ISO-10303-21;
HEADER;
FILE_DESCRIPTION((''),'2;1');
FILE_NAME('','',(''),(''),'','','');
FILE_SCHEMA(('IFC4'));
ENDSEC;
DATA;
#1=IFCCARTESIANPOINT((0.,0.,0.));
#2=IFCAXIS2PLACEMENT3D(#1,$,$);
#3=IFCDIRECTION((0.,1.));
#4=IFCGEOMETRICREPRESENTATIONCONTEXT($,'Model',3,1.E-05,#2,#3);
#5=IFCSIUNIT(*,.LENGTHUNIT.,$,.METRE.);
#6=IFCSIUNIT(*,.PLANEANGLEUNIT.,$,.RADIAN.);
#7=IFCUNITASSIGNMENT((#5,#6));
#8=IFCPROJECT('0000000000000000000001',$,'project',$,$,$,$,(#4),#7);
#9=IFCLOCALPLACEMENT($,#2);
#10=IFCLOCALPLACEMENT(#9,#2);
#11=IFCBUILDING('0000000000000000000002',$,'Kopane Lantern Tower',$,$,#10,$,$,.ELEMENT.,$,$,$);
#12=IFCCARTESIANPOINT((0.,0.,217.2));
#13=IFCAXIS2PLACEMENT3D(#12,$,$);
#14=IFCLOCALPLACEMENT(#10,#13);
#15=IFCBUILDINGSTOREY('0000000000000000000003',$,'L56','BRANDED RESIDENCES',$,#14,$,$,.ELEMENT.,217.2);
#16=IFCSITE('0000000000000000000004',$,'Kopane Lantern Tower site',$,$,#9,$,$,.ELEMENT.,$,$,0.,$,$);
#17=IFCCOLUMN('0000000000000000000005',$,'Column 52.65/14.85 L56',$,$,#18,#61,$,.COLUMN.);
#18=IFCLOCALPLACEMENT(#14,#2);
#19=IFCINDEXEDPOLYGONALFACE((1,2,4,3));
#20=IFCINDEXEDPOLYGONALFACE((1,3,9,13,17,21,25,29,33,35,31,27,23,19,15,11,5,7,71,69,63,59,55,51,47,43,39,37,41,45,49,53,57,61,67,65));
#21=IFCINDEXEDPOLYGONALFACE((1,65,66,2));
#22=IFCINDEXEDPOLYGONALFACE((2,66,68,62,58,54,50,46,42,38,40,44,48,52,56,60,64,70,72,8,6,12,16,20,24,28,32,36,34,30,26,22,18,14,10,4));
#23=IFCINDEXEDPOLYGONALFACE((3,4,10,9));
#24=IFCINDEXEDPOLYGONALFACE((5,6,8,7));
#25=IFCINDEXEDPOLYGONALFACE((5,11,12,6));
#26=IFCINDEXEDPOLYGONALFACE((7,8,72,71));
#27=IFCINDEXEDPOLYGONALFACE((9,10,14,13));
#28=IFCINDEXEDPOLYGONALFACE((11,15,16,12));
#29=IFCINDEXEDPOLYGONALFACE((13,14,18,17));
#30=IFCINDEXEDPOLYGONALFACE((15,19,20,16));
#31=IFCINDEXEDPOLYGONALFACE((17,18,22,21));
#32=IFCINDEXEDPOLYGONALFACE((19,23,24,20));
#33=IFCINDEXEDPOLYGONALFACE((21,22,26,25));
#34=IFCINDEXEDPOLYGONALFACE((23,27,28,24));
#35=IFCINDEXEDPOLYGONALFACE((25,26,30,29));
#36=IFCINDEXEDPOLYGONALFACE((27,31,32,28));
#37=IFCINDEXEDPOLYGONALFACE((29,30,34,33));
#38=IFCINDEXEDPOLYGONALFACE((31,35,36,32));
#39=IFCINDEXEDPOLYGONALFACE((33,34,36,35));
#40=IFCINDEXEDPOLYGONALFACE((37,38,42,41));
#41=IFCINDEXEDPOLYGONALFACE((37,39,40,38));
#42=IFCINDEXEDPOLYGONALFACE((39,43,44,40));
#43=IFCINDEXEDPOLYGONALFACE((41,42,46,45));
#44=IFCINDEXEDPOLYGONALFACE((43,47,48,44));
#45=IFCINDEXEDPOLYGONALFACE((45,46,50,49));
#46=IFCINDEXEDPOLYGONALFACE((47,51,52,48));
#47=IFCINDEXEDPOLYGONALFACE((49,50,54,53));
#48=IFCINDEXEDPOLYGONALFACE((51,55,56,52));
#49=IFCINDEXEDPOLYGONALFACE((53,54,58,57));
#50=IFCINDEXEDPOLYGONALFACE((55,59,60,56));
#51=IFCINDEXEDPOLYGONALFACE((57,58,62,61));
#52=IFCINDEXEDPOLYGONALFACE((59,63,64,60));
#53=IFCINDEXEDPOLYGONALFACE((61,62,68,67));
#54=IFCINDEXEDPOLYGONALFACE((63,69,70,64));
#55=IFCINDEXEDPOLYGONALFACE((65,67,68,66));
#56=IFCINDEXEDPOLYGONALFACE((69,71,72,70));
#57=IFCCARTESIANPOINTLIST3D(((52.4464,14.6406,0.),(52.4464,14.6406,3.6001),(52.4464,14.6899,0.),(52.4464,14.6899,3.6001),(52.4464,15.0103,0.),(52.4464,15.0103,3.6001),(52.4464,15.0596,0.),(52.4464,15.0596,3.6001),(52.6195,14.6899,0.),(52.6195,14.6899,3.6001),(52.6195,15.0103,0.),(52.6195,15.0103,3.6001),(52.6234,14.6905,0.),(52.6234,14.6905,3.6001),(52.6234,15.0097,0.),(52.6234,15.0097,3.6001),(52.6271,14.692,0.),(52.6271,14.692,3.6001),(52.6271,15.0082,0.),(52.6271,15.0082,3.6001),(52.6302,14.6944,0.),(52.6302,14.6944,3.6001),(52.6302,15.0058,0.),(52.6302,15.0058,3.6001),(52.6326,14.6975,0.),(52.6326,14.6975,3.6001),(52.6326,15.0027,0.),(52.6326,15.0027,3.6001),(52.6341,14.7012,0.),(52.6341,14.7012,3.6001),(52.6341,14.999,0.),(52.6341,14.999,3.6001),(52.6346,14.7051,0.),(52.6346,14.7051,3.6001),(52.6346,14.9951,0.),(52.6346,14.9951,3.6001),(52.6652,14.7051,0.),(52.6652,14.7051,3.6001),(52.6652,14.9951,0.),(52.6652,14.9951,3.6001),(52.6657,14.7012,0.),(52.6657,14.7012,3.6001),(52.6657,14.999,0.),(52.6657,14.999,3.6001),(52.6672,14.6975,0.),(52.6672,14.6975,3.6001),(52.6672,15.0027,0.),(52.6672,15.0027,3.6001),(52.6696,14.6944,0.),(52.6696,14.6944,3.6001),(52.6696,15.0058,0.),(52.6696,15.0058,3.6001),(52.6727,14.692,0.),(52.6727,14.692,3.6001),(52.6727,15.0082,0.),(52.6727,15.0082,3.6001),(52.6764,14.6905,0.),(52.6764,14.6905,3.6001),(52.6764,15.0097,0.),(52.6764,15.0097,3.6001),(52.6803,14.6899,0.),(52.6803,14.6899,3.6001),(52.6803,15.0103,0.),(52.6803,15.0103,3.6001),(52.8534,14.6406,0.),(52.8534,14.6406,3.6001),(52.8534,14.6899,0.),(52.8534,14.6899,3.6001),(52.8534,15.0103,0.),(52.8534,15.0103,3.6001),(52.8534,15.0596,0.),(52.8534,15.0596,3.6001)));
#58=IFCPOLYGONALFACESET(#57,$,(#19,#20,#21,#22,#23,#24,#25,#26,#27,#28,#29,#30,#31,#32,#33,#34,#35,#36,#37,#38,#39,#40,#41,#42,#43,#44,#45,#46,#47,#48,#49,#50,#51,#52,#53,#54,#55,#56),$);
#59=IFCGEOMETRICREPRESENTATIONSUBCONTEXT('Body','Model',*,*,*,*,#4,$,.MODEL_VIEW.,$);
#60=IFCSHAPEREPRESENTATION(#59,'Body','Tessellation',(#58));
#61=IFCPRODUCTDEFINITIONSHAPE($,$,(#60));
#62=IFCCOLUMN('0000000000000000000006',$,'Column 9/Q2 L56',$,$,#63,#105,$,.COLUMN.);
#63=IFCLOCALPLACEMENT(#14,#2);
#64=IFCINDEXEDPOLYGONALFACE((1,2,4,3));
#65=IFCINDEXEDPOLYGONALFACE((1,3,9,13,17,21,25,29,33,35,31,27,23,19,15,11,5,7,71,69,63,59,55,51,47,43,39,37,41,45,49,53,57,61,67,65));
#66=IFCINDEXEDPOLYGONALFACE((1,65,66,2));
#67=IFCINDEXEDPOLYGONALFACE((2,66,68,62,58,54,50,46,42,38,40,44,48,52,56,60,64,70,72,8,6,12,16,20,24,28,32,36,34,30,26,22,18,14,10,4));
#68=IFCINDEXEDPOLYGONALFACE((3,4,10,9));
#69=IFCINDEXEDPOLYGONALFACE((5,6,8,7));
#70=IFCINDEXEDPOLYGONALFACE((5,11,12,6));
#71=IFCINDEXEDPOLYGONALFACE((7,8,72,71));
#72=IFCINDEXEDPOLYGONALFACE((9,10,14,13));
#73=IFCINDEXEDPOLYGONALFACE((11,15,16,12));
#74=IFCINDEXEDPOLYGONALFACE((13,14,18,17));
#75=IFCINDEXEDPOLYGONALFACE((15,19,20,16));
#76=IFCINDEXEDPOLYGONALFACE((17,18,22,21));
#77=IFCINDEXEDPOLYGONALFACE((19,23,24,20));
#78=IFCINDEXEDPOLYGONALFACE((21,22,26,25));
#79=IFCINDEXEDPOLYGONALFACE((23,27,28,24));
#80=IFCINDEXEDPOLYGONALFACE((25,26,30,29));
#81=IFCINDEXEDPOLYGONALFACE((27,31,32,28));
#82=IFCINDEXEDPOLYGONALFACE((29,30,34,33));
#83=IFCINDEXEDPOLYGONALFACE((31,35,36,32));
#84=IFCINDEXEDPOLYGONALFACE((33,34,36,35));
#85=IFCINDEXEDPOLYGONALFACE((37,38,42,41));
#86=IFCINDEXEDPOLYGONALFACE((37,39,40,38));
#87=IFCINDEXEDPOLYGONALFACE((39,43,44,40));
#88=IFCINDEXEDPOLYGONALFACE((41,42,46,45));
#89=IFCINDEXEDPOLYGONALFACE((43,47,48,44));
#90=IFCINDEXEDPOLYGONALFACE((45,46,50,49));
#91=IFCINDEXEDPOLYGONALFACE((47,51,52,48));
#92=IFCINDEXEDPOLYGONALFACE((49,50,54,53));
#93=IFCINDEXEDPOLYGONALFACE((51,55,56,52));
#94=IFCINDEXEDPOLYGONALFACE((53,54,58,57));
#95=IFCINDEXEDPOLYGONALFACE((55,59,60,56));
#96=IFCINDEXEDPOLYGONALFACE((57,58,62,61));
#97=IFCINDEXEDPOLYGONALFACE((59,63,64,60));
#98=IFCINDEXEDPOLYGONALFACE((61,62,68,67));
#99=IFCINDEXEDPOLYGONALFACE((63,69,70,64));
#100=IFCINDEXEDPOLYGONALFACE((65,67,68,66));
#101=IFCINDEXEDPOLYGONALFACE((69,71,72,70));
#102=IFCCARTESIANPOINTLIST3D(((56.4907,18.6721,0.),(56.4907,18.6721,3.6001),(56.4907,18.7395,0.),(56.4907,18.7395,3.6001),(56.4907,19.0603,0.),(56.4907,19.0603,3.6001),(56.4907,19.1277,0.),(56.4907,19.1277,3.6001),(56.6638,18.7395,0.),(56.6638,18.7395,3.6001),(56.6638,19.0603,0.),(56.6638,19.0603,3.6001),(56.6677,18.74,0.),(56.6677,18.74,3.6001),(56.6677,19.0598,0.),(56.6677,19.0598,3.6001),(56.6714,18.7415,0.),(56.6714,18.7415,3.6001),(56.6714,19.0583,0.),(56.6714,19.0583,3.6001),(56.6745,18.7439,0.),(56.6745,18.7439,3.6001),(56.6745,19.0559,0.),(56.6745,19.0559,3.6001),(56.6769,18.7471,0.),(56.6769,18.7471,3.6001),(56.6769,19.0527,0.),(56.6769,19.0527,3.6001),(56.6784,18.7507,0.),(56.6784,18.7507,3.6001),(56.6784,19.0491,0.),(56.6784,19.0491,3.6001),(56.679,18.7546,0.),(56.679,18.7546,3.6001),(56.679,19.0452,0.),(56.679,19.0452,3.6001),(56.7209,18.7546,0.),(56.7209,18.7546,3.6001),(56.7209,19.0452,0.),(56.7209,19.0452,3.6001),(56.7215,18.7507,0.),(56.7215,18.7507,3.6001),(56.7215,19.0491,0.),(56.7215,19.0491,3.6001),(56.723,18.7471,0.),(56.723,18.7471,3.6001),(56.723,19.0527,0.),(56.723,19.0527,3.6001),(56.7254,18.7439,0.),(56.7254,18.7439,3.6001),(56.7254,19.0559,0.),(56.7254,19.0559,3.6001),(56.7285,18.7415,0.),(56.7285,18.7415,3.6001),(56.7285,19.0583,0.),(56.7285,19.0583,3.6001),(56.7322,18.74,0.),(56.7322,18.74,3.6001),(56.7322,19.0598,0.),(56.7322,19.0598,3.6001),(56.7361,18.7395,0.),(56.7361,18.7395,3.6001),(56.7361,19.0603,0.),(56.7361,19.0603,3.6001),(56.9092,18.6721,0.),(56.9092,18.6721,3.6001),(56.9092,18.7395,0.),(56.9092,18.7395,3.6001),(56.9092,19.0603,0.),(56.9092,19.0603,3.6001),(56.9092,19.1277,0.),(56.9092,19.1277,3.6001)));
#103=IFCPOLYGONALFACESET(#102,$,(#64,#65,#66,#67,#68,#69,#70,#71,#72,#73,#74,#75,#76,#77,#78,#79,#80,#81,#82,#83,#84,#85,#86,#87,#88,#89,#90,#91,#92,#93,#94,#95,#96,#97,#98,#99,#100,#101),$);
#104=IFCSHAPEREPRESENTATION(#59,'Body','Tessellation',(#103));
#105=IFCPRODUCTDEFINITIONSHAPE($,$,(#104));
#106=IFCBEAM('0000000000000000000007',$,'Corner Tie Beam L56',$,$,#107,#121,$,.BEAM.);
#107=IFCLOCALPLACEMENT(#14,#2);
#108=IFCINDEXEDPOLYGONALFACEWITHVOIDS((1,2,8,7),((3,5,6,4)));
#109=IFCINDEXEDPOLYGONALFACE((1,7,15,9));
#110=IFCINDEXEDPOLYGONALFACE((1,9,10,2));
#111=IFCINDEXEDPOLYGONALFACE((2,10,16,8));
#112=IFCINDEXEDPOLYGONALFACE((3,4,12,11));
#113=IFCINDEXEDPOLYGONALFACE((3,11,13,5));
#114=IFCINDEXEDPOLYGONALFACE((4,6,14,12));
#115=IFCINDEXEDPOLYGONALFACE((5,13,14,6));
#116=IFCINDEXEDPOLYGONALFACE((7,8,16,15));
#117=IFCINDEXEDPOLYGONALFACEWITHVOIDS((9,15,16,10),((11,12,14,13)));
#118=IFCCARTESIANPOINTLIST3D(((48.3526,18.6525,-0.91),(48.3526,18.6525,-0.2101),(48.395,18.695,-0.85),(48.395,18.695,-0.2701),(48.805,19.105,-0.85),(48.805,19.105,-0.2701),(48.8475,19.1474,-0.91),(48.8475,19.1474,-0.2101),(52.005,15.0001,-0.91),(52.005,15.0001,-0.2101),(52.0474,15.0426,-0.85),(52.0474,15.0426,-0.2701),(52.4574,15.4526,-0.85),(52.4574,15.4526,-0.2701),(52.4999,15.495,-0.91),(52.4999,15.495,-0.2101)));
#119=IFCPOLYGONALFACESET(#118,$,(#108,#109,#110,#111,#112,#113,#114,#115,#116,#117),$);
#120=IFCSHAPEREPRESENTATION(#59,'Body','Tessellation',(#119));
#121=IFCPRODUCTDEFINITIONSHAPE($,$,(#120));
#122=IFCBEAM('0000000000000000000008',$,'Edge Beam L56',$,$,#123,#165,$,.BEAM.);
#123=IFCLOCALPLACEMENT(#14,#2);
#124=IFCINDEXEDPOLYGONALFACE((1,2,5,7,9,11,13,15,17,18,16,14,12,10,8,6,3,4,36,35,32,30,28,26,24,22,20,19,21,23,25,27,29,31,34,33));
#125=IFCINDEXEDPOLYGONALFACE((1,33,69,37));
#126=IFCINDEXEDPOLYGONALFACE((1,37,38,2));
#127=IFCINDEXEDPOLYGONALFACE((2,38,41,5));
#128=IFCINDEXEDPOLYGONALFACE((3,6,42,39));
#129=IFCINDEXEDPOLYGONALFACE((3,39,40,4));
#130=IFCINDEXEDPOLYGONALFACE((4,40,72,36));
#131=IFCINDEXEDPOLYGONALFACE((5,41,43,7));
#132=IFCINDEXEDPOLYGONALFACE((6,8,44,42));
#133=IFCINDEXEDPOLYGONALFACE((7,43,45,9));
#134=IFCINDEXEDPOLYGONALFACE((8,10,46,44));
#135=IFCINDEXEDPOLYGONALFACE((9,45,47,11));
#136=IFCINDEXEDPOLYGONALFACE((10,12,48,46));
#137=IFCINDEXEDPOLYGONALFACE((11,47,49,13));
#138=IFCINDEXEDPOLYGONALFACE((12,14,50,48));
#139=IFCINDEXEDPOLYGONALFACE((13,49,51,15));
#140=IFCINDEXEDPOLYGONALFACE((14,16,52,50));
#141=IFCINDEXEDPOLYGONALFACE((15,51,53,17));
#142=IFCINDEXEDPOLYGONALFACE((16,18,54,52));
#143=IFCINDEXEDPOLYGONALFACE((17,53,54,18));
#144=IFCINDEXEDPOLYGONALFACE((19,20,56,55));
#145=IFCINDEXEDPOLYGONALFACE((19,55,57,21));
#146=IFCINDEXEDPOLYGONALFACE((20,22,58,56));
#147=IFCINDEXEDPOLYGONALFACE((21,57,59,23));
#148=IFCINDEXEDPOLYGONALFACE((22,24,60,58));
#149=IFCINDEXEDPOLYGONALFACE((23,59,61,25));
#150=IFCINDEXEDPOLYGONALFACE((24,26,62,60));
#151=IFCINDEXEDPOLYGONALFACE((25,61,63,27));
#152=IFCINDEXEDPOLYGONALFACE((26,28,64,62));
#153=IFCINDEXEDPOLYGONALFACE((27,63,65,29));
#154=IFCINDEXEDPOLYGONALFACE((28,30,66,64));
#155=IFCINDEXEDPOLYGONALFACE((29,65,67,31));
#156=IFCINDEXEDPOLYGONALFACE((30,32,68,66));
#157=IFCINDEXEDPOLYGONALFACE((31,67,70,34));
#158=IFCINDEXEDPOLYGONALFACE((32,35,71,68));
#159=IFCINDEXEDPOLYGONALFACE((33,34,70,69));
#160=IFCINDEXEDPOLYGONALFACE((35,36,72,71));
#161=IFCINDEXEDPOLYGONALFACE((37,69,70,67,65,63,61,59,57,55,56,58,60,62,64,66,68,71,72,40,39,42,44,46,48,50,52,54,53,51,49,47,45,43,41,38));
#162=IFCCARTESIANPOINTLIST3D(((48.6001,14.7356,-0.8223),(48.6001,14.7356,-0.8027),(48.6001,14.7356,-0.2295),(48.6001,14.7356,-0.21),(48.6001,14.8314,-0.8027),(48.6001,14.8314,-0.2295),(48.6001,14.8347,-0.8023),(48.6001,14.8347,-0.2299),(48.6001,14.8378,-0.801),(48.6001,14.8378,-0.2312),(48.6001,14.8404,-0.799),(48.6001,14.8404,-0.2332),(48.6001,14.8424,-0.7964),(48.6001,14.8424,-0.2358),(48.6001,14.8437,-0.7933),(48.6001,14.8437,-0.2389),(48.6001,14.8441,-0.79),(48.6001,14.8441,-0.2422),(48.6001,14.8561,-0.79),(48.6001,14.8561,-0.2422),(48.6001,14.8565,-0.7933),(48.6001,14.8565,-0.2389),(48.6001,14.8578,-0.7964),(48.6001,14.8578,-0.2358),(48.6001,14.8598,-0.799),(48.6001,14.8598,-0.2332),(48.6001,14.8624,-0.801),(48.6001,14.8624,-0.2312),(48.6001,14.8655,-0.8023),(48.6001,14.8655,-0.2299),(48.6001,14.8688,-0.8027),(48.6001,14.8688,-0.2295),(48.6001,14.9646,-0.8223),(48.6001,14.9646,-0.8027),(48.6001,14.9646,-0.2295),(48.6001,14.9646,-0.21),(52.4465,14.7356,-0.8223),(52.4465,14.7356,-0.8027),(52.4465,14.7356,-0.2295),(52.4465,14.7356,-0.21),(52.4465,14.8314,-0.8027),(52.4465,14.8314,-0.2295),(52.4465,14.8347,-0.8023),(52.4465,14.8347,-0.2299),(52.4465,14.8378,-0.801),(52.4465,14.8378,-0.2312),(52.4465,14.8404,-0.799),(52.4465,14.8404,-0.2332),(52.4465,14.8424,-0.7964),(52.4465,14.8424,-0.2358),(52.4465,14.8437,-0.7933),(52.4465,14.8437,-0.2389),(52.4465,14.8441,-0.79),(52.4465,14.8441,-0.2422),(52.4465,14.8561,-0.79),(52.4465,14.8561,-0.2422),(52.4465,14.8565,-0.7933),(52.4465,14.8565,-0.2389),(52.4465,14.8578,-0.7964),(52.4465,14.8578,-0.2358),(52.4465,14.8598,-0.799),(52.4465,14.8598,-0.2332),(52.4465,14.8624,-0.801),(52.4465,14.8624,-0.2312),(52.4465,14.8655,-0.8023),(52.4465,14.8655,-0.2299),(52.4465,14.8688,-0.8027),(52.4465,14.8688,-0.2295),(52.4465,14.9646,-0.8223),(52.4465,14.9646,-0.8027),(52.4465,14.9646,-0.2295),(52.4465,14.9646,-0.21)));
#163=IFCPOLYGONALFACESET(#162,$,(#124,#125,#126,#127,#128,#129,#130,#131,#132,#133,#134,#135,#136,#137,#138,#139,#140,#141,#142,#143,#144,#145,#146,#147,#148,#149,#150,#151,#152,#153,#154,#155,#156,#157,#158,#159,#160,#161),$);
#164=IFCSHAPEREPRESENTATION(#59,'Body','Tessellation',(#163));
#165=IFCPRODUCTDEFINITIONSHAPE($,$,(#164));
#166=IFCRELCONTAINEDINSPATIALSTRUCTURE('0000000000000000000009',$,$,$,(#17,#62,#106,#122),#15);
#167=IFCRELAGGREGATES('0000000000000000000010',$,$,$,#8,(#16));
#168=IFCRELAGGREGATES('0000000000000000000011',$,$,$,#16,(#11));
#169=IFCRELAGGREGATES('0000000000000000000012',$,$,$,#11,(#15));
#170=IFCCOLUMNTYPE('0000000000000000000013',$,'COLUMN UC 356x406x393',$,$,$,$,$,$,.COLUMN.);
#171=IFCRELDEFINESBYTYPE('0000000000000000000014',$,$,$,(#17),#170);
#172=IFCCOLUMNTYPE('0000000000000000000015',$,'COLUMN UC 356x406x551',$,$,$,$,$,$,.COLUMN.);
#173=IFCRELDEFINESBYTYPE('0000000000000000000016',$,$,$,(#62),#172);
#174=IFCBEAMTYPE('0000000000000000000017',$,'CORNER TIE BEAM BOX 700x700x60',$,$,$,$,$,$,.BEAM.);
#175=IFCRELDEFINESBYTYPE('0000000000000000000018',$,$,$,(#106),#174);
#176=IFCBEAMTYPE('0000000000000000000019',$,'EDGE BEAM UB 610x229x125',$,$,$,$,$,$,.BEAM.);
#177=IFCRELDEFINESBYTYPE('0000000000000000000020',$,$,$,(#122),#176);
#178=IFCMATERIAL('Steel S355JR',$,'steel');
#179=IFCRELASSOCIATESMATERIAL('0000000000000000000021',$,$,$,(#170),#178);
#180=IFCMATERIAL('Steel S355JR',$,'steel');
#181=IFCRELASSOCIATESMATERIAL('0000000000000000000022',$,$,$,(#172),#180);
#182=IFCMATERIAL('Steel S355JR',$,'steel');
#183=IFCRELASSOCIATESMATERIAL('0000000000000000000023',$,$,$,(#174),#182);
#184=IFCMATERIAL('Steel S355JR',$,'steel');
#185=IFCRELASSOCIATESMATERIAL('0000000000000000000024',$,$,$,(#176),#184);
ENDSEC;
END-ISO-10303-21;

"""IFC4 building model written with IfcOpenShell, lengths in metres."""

from ifc_helpers import new_model, si_unit, direction, frame, origin, origin_2d, place, context, subcontext, project, spatial, hollow_rectangle, i_section, extrude, material, material_profile, profile_set, type_object, element, save


model = new_model("IFC4")

# Units and contexts
model_context = context("Model", 3, precision=1e-05, world=origin(), true_north=direction((0.0, 1.0)))
body_context = subcontext(model_context, "Body", "Model", "MODEL_VIEW")
ifc_project = project(units=[si_unit("LENGTHUNIT", "METRE"), si_unit("PLANEANGLEUNIT", "RADIAN")], contexts=[model_context])

# Site, building, storey
site_placement = place(None, origin())
site = spatial("IfcSite", under=ifc_project, at=site_placement, Name="Kopane Lantern Tower site", CompositionType="ELEMENT", RefElevation=0.0)
building_placement = place(site_placement, origin())
building = spatial("IfcBuilding", under=site, at=building_placement, Name="Kopane Lantern Tower", CompositionType="ELEMENT")
storey_placement = place(building_placement, frame((0.0, 0.0, 217.2)))
storey = spatial("IfcBuildingStorey", under=building, at=storey_placement, Name="L56", Description="BRANDED RESIDENCES", CompositionType="ELEMENT", Elevation=217.2)

# Columns
ifc_material_1 = material(Name="Steel S355JR", Category="steel")
ifc_material_profile_1 = material_profile(ifc_material_1, i_section(OverallWidth=0.407, OverallDepth=0.4189, WebThickness=0.0305, FlangeThickness=0.0493, FilletRadius=0.0151, at=origin_2d()), Name="UC 356x406x393")
ifc_profile_set_1 = profile_set([ifc_material_profile_1], Name="Steel S355JR")
column_type_1 = type_object("IfcColumnType", Name="COLUMN UC 356x406x393", PredefinedType="COLUMN", material=ifc_profile_set_1)
column_1_placement = place(storey_placement, frame((52.6499, 14.8501, 0.0), z_axis=(0.0, 0.0, 1.0), x_axis=(1.0, 0.0, 0.0)))
element("IfcColumn", 1, at=column_1_placement, inside=storey, type_object=column_type_1, Name="Column 52.65/14.85 L56", PredefinedType="COLUMN", context=body_context, shape_type="SweptSolid", body=[
    extrude(i_section(OverallWidth=0.407, OverallDepth=0.4189, WebThickness=0.0305, FlangeThickness=0.0493, FilletRadius=0.0151, at=origin_2d()), origin(), (0.0, 0.0, 1.0), 3.6001),
])
ifc_material_2 = material(Name="Steel S355JR", Category="steel")
ifc_material_profile_2 = material_profile(ifc_material_2, i_section(OverallWidth=0.4185, OverallDepth=0.4556, WebThickness=0.042, FlangeThickness=0.0674, FilletRadius=0.0151, at=origin_2d()), Name="UC 356x406x551")
ifc_profile_set_2 = profile_set([ifc_material_profile_2], Name="Steel S355JR")
column_type_2 = type_object("IfcColumnType", Name="COLUMN UC 356x406x551", PredefinedType="COLUMN", material=ifc_profile_set_2)
column_2_placement = place(storey_placement, frame((56.7, 18.8999, 0.0), z_axis=(0.0, 0.0, 1.0), x_axis=(1.0, 0.0, 0.0)))
element("IfcColumn", 2, at=column_2_placement, inside=storey, type_object=column_type_2, Name="Column 9/Q2 L56", PredefinedType="COLUMN", context=body_context, shape_type="SweptSolid", body=[
    extrude(i_section(OverallWidth=0.4185, OverallDepth=0.4556, WebThickness=0.042, FlangeThickness=0.0674, FilletRadius=0.0151, at=origin_2d()), origin(), (0.0, 0.0, 1.0), 3.6001),
])

# Beams
ifc_material_3 = material(Name="Steel S355JR", Category="steel")
ifc_material_profile_3 = material_profile(ifc_material_3, hollow_rectangle(XDim=0.7, YDim=0.7, WallThickness=0.0601, at=origin_2d()), Name="BOX 700x700x60")
ifc_profile_set_3 = profile_set([ifc_material_profile_3], Name="Steel S355JR")
beam_type_1 = type_object("IfcBeamType", Name="CORNER TIE BEAM BOX 700x700x60", PredefinedType="BEAM", material=ifc_profile_set_3)
beam_1_placement = place(storey_placement, frame((52.2524, 15.2476, -0.5601), z_axis=(-0.707107, 0.707107, 0.0), x_axis=(-0.707107, -0.707107, 0.0)))
element("IfcBeam", 3, at=beam_1_placement, inside=storey, type_object=beam_type_1, Name="Corner Tie Beam L56", PredefinedType="BEAM", context=body_context, shape_type="SweptSolid", body=[
    extrude(hollow_rectangle(XDim=0.7, YDim=0.7, WallThickness=0.0601, at=origin_2d()), origin(), (0.0, 0.0, 1.0), 5.1653),
])
ifc_material_4 = material(Name="Steel S355JR", Category="steel")
ifc_material_profile_4 = material_profile(ifc_material_4, i_section(OverallWidth=0.229, OverallDepth=0.6123, WebThickness=0.012, FlangeThickness=0.0195, FilletRadius=0.0127, at=origin_2d()), Name="UB 610x229x125")
ifc_profile_set_4 = profile_set([ifc_material_profile_4], Name="Steel S355JR")
beam_type_2 = type_object("IfcBeamType", Name="EDGE BEAM UB 610x229x125", PredefinedType="BEAM", material=ifc_profile_set_4)
for number, where, z_axis, x_axis, name in (
    (4, (52.4465, 14.8501, -0.5161), (-1.0, 0.0, 0.0), (0.0, -1.0, 0.0), "Edge Beam L56"),
):
    element("IfcBeam", number, at=place(storey_placement, frame(where, z_axis=z_axis, x_axis=x_axis)), inside=storey, type_object=beam_type_2, Name=name, PredefinedType="BEAM", context=body_context, shape_type="SweptSolid", body=[
        extrude(i_section(OverallWidth=0.229, OverallDepth=0.6123, WebThickness=0.012, FlangeThickness=0.0195, FilletRadius=0.0127, at=origin_2d()), origin(), (0.0, 0.0, 1.0), 3.8464),
    ])

save(model, "model.ifc")
